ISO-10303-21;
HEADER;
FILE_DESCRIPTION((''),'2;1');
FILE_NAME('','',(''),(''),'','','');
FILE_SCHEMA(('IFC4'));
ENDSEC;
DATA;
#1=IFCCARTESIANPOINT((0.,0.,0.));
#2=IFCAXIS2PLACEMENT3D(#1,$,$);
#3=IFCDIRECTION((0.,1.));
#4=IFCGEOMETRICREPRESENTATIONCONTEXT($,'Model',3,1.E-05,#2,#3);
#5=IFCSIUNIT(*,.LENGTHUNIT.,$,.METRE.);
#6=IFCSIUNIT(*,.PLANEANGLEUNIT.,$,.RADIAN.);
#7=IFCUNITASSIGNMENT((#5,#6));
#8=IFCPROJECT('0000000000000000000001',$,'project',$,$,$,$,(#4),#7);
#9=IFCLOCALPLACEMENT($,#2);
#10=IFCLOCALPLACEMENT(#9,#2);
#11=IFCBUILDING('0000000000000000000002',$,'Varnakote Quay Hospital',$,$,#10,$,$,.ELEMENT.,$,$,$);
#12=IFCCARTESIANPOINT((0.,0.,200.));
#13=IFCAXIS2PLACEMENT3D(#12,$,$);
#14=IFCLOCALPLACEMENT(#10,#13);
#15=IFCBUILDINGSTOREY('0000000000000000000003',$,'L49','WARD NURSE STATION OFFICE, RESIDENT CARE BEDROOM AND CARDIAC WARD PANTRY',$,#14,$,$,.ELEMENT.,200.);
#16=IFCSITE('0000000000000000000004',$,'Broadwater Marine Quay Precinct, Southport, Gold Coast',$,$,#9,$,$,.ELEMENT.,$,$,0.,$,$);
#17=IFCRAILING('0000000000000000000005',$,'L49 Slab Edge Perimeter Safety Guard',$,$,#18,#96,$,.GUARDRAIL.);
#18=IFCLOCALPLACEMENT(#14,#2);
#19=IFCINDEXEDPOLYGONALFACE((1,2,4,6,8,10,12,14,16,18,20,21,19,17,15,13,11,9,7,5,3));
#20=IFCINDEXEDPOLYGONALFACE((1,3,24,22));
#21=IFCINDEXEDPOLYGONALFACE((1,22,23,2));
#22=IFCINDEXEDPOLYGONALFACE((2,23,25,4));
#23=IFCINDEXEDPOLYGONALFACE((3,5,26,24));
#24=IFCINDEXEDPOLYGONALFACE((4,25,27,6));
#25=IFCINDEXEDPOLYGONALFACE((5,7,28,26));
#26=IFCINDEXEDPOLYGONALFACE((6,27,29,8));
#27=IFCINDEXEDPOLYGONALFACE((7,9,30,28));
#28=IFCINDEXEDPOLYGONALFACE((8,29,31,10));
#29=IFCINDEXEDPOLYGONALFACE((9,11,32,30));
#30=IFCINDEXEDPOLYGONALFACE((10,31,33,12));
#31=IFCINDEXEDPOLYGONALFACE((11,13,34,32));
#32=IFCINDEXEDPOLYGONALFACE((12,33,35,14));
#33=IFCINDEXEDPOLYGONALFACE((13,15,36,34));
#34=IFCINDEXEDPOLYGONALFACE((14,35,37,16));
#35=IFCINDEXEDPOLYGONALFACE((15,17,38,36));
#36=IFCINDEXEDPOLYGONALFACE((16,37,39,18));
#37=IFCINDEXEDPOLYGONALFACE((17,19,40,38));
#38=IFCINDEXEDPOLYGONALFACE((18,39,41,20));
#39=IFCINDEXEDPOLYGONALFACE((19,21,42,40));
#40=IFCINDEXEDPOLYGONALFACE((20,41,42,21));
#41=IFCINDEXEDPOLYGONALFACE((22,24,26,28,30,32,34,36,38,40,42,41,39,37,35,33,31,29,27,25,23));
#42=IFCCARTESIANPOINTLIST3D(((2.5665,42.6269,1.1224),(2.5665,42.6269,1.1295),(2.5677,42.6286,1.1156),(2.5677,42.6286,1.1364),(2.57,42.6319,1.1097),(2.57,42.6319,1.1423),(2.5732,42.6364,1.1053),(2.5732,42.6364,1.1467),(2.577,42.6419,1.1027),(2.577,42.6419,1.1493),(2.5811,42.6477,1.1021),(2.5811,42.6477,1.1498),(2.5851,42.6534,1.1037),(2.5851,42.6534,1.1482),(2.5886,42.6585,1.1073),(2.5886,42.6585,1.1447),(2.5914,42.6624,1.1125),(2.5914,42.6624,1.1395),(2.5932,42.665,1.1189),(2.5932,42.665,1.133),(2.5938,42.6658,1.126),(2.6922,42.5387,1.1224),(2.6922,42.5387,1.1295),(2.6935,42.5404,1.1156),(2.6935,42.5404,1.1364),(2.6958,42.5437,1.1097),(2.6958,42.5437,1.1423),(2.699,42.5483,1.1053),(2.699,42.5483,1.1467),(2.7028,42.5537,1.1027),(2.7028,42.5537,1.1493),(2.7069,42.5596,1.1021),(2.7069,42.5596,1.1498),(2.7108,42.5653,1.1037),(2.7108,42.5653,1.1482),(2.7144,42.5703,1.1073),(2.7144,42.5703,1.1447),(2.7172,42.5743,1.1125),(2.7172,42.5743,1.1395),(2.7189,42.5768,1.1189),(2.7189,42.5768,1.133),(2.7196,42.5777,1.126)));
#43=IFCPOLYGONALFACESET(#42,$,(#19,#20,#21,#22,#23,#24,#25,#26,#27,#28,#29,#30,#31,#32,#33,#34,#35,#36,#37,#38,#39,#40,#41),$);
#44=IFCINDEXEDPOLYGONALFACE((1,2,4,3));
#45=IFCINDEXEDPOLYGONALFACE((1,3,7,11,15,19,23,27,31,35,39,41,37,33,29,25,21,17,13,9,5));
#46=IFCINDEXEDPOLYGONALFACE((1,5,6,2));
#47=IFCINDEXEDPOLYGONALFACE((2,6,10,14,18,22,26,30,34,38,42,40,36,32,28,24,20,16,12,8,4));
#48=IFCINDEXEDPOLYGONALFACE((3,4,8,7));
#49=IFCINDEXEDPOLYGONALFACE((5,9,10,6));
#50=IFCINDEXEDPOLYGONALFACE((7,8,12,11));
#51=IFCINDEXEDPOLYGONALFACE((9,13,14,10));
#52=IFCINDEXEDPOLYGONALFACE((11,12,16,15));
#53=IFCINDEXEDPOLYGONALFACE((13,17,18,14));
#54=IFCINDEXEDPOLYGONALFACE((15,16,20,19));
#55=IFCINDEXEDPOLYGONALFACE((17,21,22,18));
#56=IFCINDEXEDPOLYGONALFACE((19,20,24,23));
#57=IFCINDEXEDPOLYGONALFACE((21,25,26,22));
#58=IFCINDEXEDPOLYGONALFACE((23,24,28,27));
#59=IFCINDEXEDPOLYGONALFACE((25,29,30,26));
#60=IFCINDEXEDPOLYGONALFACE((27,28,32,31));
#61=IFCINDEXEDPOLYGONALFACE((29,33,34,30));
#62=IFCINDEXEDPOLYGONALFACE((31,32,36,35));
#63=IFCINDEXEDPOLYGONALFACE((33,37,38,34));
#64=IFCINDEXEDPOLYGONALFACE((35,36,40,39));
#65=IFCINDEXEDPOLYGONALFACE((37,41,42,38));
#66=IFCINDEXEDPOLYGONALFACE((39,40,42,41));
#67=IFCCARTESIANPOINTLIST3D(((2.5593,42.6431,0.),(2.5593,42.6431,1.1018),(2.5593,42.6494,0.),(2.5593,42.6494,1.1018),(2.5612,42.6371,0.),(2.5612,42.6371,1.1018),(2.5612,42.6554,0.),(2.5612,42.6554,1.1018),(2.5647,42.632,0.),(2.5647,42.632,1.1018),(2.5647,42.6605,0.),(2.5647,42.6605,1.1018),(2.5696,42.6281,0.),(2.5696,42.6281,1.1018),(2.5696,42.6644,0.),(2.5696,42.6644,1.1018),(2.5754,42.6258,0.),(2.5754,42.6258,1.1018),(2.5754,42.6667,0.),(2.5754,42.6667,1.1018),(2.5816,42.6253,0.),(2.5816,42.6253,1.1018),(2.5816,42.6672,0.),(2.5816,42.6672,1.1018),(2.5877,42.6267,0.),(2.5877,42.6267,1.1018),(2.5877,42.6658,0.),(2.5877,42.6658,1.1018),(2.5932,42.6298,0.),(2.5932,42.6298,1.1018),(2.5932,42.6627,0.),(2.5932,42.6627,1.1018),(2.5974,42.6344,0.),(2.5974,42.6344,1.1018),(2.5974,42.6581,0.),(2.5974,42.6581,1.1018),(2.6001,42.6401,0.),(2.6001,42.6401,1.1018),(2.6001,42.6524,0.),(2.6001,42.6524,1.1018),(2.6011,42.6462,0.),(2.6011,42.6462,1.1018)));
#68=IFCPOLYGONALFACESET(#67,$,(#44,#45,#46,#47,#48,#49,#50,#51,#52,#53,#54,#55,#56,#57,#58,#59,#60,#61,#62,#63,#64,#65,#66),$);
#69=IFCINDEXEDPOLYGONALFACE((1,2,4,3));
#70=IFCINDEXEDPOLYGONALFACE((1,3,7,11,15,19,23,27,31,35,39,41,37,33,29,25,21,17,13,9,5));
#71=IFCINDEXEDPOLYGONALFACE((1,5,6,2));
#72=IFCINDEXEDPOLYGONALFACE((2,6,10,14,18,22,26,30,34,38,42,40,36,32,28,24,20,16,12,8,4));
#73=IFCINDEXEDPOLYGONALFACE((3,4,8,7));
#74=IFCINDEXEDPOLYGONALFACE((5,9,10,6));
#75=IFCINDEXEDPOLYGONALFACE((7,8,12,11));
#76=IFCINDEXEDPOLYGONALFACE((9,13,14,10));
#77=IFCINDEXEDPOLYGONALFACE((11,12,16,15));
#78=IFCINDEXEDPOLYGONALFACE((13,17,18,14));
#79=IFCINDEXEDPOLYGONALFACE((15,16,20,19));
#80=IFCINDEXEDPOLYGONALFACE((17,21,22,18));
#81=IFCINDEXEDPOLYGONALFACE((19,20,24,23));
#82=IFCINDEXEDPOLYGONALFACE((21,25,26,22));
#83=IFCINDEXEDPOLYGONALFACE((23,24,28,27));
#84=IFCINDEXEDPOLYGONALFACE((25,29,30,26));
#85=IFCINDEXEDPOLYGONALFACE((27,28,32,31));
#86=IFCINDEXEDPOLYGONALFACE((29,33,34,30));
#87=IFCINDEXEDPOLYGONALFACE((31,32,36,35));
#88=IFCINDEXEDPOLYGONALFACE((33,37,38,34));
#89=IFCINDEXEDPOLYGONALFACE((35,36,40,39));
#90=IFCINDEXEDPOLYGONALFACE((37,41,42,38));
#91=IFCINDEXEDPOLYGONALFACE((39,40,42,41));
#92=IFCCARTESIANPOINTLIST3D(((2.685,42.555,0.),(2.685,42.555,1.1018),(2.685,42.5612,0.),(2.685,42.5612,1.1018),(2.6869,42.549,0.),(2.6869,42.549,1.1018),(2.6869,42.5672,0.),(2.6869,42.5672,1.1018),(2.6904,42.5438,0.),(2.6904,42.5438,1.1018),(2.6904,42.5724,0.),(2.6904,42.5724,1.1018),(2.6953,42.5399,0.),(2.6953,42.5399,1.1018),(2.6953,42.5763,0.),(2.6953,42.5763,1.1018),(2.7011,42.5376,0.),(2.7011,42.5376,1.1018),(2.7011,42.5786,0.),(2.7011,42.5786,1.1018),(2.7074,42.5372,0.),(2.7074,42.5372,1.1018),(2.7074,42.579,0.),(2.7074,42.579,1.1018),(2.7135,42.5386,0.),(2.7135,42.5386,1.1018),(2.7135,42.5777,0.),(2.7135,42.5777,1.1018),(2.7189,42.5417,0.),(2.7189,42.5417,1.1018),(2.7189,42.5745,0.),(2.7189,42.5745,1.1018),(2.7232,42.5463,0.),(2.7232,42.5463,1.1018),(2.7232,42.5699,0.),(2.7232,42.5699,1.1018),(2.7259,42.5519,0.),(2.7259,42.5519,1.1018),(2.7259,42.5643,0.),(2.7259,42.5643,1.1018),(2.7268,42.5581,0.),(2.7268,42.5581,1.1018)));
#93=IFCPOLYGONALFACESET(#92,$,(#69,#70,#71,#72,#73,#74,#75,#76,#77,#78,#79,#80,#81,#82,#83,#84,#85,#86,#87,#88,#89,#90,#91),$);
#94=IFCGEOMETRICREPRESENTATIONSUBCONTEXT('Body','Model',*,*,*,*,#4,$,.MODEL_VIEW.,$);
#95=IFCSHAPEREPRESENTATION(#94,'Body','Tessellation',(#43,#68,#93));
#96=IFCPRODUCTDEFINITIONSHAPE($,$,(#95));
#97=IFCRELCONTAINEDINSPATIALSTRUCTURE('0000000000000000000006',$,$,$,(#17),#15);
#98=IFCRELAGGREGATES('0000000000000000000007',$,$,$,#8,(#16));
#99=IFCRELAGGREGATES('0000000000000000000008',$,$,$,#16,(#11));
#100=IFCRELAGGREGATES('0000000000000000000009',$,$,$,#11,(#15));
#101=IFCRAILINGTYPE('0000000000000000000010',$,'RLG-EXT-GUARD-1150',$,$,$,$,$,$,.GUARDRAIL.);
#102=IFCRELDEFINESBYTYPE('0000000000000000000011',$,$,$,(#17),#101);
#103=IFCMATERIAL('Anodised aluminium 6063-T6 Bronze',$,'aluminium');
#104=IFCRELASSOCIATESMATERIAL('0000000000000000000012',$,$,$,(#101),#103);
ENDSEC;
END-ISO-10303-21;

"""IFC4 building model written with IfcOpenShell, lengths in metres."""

from ifc_helpers import new_model, si_unit, direction, frame, origin, origin_2d, place, context, subcontext, project, spatial, circle, extrude, material, type_object, element, save


model = new_model("IFC4")

# Units and contexts
model_context = context("Model", 3, precision=1e-05, world=origin(), true_north=direction((0.0, 1.0)))
body_context = subcontext(model_context, "Body", "Model", "MODEL_VIEW")
ifc_project = project(units=[si_unit("LENGTHUNIT", "METRE"), si_unit("PLANEANGLEUNIT", "RADIAN")], contexts=[model_context])

# Site, building, storey
site_placement = place(None, origin())
site = spatial("IfcSite", under=ifc_project, at=site_placement, Name="Broadwater Marine Quay Precinct, Southport, Gold Coast", CompositionType="ELEMENT", RefElevation=0.0)
building_placement = place(site_placement, origin())
building = spatial("IfcBuilding", under=site, at=building_placement, Name="Varnakote Quay Hospital", CompositionType="ELEMENT")
storey_placement = place(building_placement, frame((0.0, 0.0, 200.0)))
storey = spatial("IfcBuildingStorey", under=building, at=storey_placement, Name="L49", Description="WARD NURSE STATION OFFICE, RESIDENT CARE BEDROOM AND CARDIAC WARD PANTRY", CompositionType="ELEMENT", Elevation=200.0)

# Railing
ifc_material_1 = material(Name="Anodised aluminium 6063-T6 Bronze", Category="aluminium")
railing_type = type_object("IfcRailingType", Name="RLG-EXT-GUARD-1150", PredefinedType="GUARDRAIL", material=ifc_material_1)
railing_1_placement = place(storey_placement, frame((2.5801, 42.6462, 0.0)))
element("IfcRailing", 1, at=railing_1_placement, inside=storey, type_object=railing_type, Name="L49 Slab Edge Perimeter Safety Guard", PredefinedType="GUARDRAIL", context=body_context, shape_type="SweptSolid", body=[
    extrude(circle(Radius=0.0239, at=origin_2d()), frame((0.0, 0.0, 1.126), z_axis=(0.818858, -0.573996, 0.0), x_axis=(0.573996, 0.818858, 0.0)), (0.0, 0.0, 1.0), 0.1536),
    extrude(circle(Radius=0.021, at=origin_2d()), origin(), (0.0, 0.0, 1.0), 1.1018),
    extrude(circle(Radius=0.021, at=origin_2d()), frame((0.1257, -0.0881, 0.0)), (0.0, 0.0, 1.0), 1.1018),
])

save(model, "model.ifc")
